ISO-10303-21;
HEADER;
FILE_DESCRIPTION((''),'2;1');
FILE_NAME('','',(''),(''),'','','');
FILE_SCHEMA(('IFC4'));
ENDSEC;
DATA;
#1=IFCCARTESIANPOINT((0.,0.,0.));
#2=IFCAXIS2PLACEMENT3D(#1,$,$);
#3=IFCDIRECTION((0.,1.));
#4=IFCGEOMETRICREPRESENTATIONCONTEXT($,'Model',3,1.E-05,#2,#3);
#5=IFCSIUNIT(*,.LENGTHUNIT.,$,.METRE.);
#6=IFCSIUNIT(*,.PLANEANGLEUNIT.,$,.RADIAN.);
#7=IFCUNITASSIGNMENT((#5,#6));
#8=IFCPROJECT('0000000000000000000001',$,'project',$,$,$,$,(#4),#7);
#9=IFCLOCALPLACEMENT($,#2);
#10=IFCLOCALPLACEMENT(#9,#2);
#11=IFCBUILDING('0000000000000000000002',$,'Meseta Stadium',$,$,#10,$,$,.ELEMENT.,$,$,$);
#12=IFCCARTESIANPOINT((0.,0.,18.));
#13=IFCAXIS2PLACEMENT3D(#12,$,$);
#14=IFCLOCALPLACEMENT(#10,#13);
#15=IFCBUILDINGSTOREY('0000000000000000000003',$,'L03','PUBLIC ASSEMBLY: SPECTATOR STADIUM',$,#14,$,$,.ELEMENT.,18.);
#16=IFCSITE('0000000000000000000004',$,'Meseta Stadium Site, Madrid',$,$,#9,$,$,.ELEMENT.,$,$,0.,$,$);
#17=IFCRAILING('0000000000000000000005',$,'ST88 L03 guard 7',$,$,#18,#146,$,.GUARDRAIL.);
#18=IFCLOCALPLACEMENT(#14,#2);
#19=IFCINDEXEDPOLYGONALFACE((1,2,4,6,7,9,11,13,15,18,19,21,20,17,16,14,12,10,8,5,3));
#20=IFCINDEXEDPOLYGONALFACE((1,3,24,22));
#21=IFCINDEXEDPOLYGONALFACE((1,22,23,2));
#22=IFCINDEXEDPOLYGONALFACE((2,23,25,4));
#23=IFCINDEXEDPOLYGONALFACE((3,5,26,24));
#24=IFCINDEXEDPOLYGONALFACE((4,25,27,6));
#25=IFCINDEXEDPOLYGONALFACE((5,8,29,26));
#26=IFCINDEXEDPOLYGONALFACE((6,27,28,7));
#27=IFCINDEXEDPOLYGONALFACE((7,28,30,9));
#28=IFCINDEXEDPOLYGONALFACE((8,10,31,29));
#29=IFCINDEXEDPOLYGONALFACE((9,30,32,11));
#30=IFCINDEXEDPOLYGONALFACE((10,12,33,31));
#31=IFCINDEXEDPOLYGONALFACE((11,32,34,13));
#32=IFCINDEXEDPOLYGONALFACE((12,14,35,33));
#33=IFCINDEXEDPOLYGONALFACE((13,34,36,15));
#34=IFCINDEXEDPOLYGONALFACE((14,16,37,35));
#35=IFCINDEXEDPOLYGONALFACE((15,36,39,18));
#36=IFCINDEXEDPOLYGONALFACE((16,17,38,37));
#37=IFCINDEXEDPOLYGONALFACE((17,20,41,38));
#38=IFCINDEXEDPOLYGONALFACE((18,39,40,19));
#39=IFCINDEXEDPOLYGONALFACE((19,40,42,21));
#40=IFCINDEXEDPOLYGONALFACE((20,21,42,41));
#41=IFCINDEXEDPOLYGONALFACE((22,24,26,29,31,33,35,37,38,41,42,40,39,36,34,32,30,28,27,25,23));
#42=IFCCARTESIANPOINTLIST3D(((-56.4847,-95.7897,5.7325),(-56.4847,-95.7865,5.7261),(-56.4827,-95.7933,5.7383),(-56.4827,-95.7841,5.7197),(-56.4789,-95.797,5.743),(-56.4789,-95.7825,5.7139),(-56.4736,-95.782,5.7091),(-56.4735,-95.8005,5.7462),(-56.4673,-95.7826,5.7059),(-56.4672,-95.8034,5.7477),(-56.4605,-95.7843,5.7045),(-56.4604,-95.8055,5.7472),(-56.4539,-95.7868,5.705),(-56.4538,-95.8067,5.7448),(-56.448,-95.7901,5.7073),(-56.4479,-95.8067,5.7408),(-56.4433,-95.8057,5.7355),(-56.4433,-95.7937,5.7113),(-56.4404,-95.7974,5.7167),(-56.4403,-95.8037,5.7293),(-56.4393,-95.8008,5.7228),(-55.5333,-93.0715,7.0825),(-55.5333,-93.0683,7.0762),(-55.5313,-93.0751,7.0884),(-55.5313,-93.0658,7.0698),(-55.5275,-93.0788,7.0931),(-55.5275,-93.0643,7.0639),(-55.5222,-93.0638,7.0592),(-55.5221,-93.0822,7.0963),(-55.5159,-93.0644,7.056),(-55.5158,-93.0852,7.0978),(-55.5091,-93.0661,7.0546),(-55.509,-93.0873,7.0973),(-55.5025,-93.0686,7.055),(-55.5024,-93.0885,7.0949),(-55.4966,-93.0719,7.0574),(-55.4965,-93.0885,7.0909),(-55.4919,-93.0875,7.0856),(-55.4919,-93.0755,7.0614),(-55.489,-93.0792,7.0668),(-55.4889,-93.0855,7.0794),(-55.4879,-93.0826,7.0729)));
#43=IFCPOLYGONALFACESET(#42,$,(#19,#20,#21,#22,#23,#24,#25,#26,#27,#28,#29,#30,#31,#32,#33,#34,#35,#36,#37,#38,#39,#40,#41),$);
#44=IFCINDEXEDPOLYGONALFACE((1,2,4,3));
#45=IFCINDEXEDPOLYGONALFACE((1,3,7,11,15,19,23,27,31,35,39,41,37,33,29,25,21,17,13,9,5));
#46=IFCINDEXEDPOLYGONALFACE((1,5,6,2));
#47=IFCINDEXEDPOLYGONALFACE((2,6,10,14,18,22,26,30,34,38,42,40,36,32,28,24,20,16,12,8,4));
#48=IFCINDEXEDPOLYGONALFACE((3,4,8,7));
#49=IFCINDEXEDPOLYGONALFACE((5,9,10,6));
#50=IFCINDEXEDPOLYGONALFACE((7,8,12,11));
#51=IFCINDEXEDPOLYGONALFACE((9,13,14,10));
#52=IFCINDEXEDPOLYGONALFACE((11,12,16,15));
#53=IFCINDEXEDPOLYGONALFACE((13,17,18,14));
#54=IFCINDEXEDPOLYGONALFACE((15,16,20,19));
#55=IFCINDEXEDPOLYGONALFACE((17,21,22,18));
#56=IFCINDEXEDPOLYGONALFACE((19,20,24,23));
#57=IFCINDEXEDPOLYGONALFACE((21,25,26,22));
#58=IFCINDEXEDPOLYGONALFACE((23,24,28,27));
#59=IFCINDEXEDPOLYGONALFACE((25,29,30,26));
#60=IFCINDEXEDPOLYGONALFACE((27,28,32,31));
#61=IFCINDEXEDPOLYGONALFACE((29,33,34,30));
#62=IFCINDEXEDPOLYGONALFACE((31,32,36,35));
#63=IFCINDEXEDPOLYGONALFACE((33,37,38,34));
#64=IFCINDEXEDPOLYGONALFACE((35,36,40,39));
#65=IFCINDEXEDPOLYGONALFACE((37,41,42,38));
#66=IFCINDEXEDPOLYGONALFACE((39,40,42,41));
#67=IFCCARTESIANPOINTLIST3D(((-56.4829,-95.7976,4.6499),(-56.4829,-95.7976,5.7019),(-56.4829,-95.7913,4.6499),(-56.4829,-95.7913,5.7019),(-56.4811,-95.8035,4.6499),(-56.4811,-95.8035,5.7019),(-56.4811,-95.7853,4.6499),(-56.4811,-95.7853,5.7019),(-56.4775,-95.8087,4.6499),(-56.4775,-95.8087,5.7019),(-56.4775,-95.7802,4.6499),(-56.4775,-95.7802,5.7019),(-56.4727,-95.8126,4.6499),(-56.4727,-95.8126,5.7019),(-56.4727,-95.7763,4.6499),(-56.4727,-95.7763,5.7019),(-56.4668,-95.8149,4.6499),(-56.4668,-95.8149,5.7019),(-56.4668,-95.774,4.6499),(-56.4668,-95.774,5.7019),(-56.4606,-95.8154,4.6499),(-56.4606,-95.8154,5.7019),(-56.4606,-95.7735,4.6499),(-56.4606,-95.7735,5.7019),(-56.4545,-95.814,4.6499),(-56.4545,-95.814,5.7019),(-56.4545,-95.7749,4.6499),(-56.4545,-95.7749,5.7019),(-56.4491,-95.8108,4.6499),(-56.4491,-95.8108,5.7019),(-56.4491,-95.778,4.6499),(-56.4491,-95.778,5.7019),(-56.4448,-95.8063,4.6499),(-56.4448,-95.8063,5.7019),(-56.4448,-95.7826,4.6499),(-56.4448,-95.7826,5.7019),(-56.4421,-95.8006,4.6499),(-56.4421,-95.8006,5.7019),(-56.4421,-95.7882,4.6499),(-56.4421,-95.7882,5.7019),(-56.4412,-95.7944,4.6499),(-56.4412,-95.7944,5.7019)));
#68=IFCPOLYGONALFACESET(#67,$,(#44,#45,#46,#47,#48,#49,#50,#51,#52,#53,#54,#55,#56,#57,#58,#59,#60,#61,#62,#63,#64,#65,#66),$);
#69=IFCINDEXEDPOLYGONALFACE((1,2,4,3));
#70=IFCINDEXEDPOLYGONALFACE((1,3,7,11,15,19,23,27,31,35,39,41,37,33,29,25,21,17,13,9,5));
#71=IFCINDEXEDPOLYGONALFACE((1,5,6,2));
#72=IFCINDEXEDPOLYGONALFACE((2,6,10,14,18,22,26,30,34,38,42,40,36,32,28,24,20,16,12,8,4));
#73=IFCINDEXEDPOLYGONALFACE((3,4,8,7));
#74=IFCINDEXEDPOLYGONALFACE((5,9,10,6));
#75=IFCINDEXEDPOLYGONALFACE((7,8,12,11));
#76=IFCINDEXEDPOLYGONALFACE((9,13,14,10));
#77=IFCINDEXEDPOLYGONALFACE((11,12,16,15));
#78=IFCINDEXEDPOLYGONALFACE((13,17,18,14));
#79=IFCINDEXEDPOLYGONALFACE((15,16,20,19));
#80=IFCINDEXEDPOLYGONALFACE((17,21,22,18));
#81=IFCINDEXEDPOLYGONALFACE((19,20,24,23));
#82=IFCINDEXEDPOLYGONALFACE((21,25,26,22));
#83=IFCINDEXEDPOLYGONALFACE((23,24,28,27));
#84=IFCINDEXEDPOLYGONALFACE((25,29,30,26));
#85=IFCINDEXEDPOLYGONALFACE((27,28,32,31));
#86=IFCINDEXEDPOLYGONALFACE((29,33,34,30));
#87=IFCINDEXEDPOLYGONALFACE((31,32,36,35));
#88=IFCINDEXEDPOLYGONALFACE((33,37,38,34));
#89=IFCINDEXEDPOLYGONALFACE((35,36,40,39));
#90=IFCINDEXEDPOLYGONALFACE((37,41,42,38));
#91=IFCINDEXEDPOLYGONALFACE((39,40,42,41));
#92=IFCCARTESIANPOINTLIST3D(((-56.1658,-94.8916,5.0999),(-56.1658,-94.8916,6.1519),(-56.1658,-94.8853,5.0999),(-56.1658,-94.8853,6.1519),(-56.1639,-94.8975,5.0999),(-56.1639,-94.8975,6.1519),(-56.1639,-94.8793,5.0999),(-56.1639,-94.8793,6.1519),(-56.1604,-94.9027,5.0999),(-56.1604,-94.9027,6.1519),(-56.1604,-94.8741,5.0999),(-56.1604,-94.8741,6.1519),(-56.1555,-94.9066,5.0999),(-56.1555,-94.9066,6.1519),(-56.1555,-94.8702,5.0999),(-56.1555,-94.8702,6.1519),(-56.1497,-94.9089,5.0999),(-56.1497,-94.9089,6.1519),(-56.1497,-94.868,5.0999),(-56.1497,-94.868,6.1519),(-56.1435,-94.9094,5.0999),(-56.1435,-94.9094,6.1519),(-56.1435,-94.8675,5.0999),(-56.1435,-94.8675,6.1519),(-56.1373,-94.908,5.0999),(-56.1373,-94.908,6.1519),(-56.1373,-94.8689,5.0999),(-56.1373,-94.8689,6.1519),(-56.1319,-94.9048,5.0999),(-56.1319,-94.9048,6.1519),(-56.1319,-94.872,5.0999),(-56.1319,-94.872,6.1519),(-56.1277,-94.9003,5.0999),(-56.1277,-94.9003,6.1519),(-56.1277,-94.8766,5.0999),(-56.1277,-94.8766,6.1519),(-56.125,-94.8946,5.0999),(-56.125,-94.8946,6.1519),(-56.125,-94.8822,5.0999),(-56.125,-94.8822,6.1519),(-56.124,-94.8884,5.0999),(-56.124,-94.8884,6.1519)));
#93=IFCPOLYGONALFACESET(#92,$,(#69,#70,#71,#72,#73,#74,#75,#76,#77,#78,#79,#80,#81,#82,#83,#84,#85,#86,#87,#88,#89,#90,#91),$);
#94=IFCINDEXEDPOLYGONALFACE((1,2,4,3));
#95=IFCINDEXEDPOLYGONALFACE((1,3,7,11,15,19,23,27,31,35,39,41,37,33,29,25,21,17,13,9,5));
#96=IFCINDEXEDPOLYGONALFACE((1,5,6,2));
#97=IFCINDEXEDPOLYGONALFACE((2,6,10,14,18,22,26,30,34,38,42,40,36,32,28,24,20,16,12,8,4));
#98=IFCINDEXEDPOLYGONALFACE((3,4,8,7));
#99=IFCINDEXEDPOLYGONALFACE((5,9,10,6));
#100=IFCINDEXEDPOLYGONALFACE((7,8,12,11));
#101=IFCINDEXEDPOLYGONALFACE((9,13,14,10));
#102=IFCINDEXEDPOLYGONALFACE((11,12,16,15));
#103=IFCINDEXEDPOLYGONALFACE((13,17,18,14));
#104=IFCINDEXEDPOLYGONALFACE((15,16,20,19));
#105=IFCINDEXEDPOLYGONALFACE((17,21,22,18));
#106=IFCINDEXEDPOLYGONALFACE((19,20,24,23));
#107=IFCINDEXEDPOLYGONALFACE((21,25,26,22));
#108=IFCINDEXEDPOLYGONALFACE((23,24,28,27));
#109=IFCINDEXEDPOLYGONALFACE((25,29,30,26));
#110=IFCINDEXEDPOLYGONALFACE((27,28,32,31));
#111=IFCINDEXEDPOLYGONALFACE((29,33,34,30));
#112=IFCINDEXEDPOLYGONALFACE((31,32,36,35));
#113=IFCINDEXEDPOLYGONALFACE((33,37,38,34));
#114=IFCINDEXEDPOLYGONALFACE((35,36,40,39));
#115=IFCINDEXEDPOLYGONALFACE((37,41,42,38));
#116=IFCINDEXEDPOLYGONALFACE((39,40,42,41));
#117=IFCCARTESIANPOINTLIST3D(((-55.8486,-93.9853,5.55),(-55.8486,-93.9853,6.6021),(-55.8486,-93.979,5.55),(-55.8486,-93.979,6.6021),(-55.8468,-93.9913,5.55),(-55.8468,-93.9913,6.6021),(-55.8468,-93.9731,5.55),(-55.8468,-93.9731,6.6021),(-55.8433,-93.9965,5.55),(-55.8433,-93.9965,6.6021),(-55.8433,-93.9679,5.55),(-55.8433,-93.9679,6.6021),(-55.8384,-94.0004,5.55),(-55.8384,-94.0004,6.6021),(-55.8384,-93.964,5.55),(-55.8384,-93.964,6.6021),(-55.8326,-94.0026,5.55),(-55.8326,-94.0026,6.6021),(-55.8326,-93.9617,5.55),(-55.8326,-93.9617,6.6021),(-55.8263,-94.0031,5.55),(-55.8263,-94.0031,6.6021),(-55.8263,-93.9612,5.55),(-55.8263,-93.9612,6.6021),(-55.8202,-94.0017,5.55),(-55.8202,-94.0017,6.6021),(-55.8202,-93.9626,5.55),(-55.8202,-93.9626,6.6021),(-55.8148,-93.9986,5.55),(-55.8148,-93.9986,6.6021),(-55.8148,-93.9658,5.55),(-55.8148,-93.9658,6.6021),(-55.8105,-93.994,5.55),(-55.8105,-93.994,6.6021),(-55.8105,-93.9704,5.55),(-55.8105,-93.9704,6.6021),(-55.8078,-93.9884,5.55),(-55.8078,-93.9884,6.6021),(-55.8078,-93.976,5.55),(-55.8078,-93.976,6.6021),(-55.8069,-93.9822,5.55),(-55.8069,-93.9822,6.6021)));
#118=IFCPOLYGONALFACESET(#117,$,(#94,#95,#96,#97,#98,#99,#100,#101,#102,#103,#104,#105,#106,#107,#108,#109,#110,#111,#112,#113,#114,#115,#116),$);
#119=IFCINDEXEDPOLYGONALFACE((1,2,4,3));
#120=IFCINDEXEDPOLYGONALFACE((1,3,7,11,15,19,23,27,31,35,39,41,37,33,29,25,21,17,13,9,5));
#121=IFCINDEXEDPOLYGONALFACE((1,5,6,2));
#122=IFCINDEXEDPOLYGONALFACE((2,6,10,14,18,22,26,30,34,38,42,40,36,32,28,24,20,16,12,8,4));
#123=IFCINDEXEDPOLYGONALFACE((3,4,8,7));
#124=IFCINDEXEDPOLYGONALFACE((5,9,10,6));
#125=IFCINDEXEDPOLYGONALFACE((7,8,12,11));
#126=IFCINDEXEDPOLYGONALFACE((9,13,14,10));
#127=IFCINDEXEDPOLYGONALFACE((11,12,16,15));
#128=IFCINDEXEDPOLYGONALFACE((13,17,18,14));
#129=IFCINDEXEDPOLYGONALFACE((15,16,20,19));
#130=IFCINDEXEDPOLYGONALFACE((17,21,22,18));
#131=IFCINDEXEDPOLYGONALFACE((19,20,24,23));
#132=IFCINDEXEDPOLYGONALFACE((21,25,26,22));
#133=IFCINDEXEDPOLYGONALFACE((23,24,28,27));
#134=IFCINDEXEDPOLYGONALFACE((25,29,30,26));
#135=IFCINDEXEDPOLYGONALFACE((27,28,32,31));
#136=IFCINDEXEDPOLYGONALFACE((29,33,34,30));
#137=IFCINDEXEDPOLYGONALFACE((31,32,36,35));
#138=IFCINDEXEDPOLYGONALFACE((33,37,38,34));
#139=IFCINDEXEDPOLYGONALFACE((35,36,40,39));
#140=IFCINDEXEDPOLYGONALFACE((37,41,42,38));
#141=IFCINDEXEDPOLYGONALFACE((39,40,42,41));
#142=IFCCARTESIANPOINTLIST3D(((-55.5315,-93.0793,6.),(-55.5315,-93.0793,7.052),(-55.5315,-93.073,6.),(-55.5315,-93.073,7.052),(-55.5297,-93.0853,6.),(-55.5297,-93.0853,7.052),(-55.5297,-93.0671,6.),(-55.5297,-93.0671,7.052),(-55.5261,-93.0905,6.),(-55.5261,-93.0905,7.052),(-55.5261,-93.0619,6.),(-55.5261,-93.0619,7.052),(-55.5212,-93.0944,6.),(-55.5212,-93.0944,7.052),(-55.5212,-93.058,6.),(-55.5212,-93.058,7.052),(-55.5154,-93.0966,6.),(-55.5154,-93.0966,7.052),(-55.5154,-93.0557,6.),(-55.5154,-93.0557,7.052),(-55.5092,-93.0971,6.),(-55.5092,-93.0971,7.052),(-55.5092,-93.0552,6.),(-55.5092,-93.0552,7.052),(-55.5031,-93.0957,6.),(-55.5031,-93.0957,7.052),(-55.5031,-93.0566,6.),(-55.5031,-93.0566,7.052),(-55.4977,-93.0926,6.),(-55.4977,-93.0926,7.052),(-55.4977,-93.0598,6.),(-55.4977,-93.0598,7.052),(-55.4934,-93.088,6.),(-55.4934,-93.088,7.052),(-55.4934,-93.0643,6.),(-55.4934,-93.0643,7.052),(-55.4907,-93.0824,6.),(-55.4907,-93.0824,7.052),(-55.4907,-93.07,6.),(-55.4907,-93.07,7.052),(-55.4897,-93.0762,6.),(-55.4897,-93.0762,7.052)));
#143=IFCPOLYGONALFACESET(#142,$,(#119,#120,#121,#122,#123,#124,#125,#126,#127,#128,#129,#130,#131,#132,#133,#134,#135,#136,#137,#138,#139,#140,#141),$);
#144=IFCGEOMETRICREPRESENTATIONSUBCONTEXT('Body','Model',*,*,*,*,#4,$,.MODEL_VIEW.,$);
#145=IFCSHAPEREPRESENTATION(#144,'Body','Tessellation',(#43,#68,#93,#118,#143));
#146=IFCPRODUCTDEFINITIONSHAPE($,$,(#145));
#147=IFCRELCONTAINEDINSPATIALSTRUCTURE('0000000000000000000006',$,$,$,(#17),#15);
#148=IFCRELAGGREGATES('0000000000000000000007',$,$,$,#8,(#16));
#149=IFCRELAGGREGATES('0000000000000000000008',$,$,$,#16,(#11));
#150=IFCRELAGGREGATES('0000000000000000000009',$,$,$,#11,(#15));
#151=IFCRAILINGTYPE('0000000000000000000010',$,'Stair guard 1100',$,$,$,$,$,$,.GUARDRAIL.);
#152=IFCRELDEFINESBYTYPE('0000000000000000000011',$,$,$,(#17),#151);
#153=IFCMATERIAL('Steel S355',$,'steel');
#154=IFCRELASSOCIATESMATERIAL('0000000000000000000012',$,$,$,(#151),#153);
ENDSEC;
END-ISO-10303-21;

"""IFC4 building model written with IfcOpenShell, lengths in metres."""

from ifc_helpers import new_model, si_unit, direction, frame, origin, origin_2d, place, context, subcontext, project, spatial, circle, extrude, material, type_object, element, save


model = new_model("IFC4")

# Units and contexts
model_context = context("Model", 3, precision=1e-05, world=origin(), true_north=direction((0.0, 1.0)))
body_context = subcontext(model_context, "Body", "Model", "MODEL_VIEW")
ifc_project = project(units=[si_unit("LENGTHUNIT", "METRE"), si_unit("PLANEANGLEUNIT", "RADIAN")], contexts=[model_context])

# Site, building, storey
site_placement = place(None, origin())
site = spatial("IfcSite", under=ifc_project, at=site_placement, Name="Meseta Stadium Site, Madrid", CompositionType="ELEMENT", RefElevation=0.0)
building_placement = place(site_placement, origin())
building = spatial("IfcBuilding", under=site, at=building_placement, Name="Meseta Stadium", CompositionType="ELEMENT")
storey_placement = place(building_placement, frame((0.0, 0.0, 18.0)))
storey = spatial("IfcBuildingStorey", under=building, at=storey_placement, Name="L03", Description="PUBLIC ASSEMBLY: SPECTATOR STADIUM", CompositionType="ELEMENT", Elevation=18.0)

# Railing
ifc_material_1 = material(Name="Steel S355", Category="steel")
railing_type_1 = type_object("IfcRailingType", Name="Stair guard 1100", PredefinedType="GUARDRAIL", material=ifc_material_1)
railing_1_placement = place(storey_placement, frame((-56.4622, -95.7944, 4.6499)))
element("IfcRailing", 1, at=railing_1_placement, inside=storey, type_object=railing_type_1, Name="ST88 L03 guard 7", PredefinedType="GUARDRAIL", context=body_context, shape_type="SweptSolid", body=[
    extrude(circle(Radius=0.0239, at=origin_2d()), frame((0.0, 0.0, 1.0762), z_axis=(0.299121, 0.854609, 0.424465), x_axis=(-0.943856, 0.330358, 0.0)), (0.0, 0.0, 1.0), 3.1807),
    extrude(circle(Radius=0.021, at=origin_2d()), origin(), (0.0, 0.0, 1.0), 1.052),
    extrude(circle(Radius=0.021, at=origin_2d()), frame((0.3171, 0.906, 0.45)), (0.0, 0.0, 1.0), 1.052),
    extrude(circle(Radius=0.021, at=origin_2d()), frame((0.6343, 1.8123, 0.9001)), (0.0, 0.0, 1.0), 1.052),
    extrude(circle(Radius=0.021, at=origin_2d()), frame((0.9514, 2.7183, 1.3501)), (0.0, 0.0, 1.0), 1.052),
])

save(model, "model.ifc")
